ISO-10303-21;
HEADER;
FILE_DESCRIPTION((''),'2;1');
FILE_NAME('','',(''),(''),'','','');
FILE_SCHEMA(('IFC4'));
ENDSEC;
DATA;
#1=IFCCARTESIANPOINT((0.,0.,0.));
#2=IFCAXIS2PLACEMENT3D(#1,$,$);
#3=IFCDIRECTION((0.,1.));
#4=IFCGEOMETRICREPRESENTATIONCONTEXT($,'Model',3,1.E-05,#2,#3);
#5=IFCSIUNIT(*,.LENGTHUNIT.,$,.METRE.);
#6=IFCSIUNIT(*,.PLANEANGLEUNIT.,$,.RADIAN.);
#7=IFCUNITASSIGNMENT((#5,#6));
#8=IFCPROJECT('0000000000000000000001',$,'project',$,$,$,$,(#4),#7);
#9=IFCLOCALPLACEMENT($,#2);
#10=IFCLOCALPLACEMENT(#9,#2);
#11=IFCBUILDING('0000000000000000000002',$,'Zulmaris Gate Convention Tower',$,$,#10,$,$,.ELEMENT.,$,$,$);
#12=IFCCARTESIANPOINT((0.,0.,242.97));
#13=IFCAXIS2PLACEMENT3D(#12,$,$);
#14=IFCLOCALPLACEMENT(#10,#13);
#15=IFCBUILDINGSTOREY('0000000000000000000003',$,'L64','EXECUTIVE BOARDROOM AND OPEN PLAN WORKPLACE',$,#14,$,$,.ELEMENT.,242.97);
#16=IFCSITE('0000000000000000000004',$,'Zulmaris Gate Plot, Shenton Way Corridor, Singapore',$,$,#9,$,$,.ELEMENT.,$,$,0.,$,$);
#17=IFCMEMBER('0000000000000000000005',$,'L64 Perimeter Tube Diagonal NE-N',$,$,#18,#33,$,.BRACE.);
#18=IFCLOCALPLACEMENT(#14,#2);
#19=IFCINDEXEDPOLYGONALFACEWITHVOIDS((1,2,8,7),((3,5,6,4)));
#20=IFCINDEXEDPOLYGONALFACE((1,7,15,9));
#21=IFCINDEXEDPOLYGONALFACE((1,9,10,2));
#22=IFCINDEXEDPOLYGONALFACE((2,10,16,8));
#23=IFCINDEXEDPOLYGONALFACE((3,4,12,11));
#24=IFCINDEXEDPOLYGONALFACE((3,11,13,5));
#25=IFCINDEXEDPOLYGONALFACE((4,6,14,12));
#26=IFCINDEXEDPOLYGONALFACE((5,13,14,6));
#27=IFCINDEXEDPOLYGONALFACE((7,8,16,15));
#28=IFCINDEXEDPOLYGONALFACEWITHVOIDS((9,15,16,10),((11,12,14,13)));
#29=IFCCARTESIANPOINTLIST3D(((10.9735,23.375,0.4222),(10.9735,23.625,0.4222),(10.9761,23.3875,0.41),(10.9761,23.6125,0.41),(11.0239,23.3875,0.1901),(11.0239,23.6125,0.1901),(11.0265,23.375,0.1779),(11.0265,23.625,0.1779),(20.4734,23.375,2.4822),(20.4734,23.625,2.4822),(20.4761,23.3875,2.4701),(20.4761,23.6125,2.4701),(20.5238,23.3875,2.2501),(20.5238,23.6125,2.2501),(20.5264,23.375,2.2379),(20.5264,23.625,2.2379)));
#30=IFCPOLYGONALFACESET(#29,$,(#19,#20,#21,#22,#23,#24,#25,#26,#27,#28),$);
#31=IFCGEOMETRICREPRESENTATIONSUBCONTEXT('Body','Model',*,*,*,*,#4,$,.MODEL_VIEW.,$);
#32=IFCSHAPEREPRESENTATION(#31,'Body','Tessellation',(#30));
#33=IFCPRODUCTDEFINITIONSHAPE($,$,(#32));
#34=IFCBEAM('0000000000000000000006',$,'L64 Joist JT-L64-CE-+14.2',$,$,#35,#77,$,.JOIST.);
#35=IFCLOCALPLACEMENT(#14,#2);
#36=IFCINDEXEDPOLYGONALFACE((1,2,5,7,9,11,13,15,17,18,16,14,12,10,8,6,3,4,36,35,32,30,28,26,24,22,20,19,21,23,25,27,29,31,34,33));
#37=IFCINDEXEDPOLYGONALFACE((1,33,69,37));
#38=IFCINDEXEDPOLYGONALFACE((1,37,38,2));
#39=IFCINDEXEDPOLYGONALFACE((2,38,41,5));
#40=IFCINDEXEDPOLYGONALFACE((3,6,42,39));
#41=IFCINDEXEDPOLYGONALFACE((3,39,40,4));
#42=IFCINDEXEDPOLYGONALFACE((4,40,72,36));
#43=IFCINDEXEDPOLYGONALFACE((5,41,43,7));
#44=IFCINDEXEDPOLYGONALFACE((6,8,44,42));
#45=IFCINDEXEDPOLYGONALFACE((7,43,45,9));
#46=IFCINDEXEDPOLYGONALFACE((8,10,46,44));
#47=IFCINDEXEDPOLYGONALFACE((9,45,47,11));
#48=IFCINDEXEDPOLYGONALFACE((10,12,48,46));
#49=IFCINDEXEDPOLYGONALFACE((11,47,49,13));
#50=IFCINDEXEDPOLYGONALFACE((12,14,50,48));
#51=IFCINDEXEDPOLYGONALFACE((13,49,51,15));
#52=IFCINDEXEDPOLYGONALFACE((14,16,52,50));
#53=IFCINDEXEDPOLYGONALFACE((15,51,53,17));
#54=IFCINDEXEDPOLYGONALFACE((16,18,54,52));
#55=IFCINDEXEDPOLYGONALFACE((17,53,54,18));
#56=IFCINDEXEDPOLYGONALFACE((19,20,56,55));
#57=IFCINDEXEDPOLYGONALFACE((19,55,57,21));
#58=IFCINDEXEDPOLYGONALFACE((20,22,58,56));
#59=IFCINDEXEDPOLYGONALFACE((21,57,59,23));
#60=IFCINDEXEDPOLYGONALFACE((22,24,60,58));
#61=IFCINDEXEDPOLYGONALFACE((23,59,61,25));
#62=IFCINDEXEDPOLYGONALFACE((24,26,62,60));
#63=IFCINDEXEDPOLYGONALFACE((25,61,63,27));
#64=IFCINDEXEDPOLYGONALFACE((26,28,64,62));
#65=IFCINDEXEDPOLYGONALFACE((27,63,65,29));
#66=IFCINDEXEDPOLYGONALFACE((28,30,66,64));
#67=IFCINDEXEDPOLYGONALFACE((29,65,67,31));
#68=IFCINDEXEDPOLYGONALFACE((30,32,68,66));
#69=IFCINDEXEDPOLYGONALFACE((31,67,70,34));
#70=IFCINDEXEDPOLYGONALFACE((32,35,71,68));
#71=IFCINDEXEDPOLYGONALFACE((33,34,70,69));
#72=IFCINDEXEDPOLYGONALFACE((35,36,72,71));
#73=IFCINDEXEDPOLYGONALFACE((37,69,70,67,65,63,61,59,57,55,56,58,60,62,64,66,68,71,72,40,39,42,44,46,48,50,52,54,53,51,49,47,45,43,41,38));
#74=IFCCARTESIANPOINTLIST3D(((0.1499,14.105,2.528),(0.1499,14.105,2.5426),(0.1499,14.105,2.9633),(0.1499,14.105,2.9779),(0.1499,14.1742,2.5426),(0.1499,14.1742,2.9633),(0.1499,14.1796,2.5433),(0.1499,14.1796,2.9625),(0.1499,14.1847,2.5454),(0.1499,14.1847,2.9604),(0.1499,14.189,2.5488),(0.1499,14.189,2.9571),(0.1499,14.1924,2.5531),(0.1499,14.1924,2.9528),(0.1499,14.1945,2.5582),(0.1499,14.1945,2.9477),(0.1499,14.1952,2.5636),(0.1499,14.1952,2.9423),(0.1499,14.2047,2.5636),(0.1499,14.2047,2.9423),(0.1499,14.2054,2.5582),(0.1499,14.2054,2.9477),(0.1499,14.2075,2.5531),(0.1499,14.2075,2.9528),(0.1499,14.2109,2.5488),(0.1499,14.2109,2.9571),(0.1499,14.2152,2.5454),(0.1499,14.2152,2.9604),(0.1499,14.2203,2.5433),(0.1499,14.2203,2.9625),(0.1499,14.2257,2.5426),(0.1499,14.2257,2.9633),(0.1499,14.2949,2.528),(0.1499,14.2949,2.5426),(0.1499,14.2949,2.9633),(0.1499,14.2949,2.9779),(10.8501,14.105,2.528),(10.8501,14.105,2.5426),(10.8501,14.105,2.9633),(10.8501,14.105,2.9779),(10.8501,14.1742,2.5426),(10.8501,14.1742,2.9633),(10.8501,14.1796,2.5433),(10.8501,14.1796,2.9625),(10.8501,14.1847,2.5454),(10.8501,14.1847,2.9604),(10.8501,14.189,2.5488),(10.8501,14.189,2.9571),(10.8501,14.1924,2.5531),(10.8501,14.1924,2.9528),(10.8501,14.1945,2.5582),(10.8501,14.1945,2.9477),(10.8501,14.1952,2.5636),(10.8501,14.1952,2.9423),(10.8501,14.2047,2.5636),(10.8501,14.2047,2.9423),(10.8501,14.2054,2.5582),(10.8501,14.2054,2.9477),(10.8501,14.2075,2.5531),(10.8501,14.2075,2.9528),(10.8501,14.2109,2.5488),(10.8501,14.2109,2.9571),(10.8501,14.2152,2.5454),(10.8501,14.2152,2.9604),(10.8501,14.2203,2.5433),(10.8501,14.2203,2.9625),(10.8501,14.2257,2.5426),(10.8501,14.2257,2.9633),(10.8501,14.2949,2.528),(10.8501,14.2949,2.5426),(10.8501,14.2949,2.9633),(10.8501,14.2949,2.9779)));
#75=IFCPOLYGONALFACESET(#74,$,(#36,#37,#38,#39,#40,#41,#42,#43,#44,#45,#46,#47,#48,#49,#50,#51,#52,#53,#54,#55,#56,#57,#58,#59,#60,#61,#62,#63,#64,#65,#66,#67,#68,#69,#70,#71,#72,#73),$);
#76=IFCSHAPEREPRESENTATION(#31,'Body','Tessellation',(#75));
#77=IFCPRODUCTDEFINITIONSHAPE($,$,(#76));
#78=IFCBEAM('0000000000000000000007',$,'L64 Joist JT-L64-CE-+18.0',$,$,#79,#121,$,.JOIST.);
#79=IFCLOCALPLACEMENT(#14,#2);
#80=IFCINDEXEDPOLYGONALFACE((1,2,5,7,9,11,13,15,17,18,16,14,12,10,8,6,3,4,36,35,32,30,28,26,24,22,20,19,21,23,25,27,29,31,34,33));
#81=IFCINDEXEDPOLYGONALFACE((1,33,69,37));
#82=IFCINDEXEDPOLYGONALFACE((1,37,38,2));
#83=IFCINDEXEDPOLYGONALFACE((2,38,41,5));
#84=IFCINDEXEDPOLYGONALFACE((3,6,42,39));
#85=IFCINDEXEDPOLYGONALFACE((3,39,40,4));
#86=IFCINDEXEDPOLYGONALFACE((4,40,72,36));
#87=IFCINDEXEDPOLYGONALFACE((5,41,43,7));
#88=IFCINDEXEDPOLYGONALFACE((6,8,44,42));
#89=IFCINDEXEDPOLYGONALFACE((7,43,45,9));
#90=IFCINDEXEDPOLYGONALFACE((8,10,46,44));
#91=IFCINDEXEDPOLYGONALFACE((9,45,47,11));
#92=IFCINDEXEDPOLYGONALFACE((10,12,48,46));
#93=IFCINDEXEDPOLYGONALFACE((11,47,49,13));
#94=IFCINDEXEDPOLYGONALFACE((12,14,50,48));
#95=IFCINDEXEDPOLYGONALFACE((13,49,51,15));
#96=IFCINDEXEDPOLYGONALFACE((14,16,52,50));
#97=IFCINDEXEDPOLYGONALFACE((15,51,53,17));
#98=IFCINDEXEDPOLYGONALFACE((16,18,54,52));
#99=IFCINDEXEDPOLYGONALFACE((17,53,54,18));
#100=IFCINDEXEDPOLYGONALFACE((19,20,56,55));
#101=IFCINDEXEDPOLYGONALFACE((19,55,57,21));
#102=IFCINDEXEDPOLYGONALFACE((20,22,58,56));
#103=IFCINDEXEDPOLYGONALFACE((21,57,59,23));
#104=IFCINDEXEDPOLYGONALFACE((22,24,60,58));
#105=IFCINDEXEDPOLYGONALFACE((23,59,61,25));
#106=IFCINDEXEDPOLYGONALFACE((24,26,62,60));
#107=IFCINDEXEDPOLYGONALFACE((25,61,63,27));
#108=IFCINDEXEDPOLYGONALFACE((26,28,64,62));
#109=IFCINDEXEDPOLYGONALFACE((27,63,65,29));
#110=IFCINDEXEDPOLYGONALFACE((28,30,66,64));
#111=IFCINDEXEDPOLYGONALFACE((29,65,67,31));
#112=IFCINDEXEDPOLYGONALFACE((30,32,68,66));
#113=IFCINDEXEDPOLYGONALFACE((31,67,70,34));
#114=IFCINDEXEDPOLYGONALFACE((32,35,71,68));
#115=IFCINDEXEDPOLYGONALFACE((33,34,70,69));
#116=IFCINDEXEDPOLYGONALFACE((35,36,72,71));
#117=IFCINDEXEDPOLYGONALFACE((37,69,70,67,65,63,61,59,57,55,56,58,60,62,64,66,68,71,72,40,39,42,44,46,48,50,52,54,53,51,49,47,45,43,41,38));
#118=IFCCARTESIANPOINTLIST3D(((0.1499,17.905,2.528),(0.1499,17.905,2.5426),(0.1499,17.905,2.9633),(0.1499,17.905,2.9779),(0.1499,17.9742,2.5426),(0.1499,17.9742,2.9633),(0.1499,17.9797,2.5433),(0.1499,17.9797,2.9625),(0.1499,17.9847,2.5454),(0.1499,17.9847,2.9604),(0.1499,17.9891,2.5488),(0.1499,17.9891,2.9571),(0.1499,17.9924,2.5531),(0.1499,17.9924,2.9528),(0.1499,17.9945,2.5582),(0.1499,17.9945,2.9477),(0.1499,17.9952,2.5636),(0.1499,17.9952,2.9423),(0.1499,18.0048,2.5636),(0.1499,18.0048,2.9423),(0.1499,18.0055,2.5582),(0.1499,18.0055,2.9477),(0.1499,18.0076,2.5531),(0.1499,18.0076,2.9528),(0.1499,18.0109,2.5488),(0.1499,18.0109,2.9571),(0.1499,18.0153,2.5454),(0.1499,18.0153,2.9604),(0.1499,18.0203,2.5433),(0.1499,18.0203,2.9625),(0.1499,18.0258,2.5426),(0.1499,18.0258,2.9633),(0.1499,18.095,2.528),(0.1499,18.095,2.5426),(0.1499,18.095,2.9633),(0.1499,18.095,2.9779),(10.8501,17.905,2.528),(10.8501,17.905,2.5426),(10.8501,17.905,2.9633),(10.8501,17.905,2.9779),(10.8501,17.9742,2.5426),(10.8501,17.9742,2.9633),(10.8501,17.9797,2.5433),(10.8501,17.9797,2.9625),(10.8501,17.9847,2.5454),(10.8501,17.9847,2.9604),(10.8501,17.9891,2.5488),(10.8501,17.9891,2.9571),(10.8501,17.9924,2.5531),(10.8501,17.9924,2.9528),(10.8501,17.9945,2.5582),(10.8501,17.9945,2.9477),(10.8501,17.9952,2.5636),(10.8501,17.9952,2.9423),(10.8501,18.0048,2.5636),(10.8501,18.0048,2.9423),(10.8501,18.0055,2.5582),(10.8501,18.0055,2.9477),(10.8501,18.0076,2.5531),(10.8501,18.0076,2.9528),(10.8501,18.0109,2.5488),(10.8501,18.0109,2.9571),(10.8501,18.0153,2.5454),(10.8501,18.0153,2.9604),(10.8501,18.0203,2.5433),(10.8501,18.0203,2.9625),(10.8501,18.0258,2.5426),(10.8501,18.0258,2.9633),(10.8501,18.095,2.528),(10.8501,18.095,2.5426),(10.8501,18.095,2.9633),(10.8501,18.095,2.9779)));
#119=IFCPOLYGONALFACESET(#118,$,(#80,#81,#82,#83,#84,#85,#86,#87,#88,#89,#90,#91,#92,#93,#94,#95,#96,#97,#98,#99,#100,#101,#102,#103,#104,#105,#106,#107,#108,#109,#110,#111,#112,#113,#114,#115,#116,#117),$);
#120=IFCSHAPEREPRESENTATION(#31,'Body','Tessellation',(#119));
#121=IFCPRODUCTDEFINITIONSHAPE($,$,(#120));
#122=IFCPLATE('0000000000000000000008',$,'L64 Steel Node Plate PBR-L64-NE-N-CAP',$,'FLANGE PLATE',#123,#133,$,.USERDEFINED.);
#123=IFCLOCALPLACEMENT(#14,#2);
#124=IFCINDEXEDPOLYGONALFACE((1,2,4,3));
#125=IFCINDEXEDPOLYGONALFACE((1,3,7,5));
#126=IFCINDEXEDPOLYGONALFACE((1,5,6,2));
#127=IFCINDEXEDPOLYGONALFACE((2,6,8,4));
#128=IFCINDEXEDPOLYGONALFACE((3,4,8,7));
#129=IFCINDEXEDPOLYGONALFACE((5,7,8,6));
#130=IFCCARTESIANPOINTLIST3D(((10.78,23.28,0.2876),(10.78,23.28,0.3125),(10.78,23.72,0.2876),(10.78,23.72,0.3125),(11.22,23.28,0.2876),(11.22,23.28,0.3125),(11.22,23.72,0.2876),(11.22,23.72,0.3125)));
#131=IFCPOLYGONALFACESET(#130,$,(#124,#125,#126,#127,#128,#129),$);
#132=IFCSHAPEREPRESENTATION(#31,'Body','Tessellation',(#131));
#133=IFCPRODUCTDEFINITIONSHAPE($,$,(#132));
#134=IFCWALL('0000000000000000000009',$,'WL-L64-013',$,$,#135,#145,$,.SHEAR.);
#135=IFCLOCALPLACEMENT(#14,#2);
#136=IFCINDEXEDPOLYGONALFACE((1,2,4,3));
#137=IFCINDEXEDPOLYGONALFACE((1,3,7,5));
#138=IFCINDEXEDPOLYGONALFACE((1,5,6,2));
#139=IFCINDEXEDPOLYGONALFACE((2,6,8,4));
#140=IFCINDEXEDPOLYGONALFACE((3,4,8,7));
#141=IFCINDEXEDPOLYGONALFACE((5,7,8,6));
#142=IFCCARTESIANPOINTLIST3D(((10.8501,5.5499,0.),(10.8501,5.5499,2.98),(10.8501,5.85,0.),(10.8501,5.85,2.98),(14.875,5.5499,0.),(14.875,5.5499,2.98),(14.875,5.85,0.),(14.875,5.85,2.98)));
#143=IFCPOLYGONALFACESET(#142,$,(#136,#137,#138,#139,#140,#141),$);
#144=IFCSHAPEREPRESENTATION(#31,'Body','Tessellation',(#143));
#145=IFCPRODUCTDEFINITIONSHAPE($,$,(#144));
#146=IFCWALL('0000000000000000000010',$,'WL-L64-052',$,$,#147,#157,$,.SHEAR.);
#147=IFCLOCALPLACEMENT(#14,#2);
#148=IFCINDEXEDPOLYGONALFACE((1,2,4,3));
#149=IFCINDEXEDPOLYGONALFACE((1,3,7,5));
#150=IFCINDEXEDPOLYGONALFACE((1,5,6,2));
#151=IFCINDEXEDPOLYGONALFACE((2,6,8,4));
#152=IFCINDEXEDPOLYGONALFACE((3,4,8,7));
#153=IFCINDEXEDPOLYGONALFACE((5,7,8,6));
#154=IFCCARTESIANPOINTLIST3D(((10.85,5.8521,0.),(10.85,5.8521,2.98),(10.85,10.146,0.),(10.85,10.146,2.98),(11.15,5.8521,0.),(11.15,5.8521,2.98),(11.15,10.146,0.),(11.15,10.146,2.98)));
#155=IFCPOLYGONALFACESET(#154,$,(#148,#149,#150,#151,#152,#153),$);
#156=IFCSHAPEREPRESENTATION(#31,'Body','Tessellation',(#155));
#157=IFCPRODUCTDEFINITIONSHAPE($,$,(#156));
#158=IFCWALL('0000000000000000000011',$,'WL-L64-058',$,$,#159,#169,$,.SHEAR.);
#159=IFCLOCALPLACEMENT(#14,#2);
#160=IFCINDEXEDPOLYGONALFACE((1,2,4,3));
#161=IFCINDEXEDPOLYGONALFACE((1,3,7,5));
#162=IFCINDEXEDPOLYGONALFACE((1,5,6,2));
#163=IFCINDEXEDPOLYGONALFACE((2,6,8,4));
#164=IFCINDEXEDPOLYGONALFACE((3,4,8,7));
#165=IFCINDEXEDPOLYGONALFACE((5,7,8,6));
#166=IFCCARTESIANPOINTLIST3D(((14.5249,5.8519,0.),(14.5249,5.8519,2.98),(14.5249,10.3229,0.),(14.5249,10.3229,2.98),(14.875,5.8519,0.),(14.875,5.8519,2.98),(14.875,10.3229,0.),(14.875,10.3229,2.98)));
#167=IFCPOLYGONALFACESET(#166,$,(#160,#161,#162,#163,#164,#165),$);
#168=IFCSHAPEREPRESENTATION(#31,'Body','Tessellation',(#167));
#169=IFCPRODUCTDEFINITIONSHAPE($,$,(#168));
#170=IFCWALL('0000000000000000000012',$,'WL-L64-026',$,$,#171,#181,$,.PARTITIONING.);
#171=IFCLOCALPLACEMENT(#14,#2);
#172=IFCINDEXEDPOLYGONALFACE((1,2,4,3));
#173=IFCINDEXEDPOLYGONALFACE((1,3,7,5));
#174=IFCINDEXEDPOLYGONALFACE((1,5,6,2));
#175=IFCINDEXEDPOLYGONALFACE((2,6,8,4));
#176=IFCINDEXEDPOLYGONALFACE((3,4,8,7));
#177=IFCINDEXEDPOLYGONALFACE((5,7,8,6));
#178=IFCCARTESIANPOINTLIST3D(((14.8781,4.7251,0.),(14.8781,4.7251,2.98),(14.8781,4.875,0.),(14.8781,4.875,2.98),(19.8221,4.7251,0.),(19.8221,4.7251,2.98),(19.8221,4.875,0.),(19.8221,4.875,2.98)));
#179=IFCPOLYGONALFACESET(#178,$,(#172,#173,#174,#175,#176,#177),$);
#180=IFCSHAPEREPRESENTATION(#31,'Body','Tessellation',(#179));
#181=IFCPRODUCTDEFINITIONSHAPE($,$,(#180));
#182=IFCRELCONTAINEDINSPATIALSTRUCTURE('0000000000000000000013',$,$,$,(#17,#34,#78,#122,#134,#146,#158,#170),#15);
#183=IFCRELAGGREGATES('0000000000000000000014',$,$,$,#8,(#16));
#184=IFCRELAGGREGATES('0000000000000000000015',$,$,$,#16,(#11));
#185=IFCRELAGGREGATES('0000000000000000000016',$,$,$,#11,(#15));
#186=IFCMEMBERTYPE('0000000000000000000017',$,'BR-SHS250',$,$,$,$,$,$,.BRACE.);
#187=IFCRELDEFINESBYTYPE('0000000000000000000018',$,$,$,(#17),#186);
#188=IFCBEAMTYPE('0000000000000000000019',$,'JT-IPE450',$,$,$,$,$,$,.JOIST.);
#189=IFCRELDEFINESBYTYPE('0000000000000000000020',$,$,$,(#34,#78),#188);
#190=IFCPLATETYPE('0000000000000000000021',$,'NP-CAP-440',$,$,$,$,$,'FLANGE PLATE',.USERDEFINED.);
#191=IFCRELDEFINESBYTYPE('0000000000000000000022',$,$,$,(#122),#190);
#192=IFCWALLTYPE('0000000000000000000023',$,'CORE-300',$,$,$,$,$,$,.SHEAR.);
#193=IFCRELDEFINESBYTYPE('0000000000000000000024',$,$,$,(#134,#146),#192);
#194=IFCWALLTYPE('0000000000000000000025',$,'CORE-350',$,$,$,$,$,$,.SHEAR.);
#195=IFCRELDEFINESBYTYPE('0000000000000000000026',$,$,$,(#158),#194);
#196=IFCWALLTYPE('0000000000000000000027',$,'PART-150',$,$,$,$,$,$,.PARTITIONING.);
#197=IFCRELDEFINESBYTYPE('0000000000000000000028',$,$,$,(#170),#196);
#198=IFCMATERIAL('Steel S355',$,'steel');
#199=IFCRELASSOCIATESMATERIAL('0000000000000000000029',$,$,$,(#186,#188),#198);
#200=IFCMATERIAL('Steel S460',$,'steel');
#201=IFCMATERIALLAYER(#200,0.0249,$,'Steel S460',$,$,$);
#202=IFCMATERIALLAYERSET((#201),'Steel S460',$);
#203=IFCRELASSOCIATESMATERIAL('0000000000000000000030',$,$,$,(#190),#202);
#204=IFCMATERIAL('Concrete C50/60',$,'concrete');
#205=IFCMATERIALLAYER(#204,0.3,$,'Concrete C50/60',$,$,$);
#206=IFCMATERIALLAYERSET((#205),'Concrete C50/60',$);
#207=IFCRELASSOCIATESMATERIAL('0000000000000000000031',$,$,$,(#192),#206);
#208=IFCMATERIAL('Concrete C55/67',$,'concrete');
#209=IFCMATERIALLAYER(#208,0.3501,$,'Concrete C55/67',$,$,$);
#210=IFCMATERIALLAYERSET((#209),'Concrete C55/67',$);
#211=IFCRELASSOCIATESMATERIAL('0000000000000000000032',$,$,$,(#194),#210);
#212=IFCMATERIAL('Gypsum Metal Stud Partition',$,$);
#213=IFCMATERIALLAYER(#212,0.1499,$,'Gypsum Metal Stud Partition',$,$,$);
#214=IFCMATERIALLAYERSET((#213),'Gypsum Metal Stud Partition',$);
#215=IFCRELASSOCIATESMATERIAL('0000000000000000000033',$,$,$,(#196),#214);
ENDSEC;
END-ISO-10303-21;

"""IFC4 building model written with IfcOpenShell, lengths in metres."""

from ifc_helpers import new_model, si_unit, direction, frame, frame_2d, origin, origin_2d, place, context, subcontext, project, spatial, rectangle, hollow_rectangle, i_section, extrude, material, layer, layer_set, material_profile, profile_set, type_object, element, save


model = new_model("IFC4")

# Units and contexts
model_context = context("Model", 3, precision=1e-05, world=origin(), true_north=direction((0.0, 1.0)))
body_context = subcontext(model_context, "Body", "Model", "MODEL_VIEW")
ifc_project = project(units=[si_unit("LENGTHUNIT", "METRE"), si_unit("PLANEANGLEUNIT", "RADIAN")], contexts=[model_context])

# Site, building, storey
site_placement = place(None, origin())
site = spatial("IfcSite", under=ifc_project, at=site_placement, Name="Zulmaris Gate Plot, Shenton Way Corridor, Singapore", CompositionType="ELEMENT", RefElevation=0.0)
building_placement = place(site_placement, origin())
building = spatial("IfcBuilding", under=site, at=building_placement, Name="Zulmaris Gate Convention Tower", CompositionType="ELEMENT")
storey_placement = place(building_placement, frame((0.0, 0.0, 242.97)))
storey = spatial("IfcBuildingStorey", under=building, at=storey_placement, Name="L64", Description="EXECUTIVE BOARDROOM AND OPEN PLAN WORKPLACE", CompositionType="ELEMENT", Elevation=242.97)

# Shared definitions
ifc_material_1 = material(Name="Concrete C50/60", Category="concrete")

# Shared definitions
ifc_material_2 = material(Name="Steel S355", Category="steel")

# Member
ifc_material_profile_1 = material_profile(ifc_material_2, hollow_rectangle(XDim=0.25, YDim=0.25, WallThickness=0.0125, at=origin_2d()), Name="SHS 250x250x12.5")
ifc_profile_set_1 = profile_set([ifc_material_profile_1], Name="Steel S355")
member_type = type_object("IfcMemberType", Name="BR-SHS250", PredefinedType="BRACE", material=ifc_profile_set_1)
member_placement = place(storey_placement, frame((11.0, 23.5, 0.3), z_axis=(0.977286, 0.0, 0.211923), x_axis=(0.0, 1.0, 0.0)))
element("IfcMember", 1, at=member_placement, inside=storey, type_object=member_type, Name="L64 Perimeter Tube Diagonal NE-N", PredefinedType="BRACE", context=body_context, shape_type="SweptSolid", body=[
    extrude(hollow_rectangle(XDim=0.25, YDim=0.25, WallThickness=0.0125, at=origin_2d()), origin(), (0.0, 0.0, 1.0), 9.7207),
])

# Beams
ifc_material_profile_2 = material_profile(ifc_material_2, i_section(OverallWidth=0.1899, OverallDepth=0.45, WebThickness=0.0095, FlangeThickness=0.0146, FilletRadius=0.021, at=origin_2d()), Name="IPE 450")
ifc_profile_set_2 = profile_set([ifc_material_profile_2], Name="Steel S355")
beam_type_1 = type_object("IfcBeamType", Name="JT-IPE450", PredefinedType="JOIST", material=ifc_profile_set_2)
for number, where, z_axis, x_axis, name in (
    (2, (0.1499, 14.2, 2.7529), (1.0, 0.0, 0.0), (0.0, 1.0, 0.0), "L64 Joist JT-L64-CE-+14.2"),
    (3, (0.1499, 18.0, 2.7529), (1.0, 0.0, 0.0), (0.0, 1.0, 0.0), "L64 Joist JT-L64-CE-+18.0"),
):
    element("IfcBeam", number, at=place(storey_placement, frame(where, z_axis=z_axis, x_axis=x_axis)), inside=storey, type_object=beam_type_1, Name=name, PredefinedType="JOIST", context=body_context, shape_type="SweptSolid", body=[
        extrude(i_section(OverallWidth=0.1899, OverallDepth=0.45, WebThickness=0.0095, FlangeThickness=0.0146, FilletRadius=0.021, at=origin_2d()), origin(), (0.0, 0.0, 1.0), 10.7002),
    ])

# Plate
ifc_material_3 = material(Name="Steel S460", Category="steel")
ifc_layer_1 = layer(ifc_material_3, 0.0249, Name="Steel S460")
ifc_layer_set_1 = layer_set([ifc_layer_1], Name="Steel S460")
plate_type = type_object("IfcPlateType", Name="NP-CAP-440", ElementType="FLANGE PLATE", PredefinedType="USERDEFINED", material=ifc_layer_set_1)
plate_placement = place(storey_placement, frame((11.0, 23.5, 0.2876), z_axis=(0.0, 0.0, 1.0), x_axis=(1.0, 0.0, 0.0)))
element("IfcPlate", 4, at=plate_placement, inside=storey, type_object=plate_type, Name="L64 Steel Node Plate PBR-L64-NE-N-CAP", ObjectType="FLANGE PLATE", PredefinedType="USERDEFINED", context=body_context, shape_type="SweptSolid", body=[
    extrude(rectangle(XDim=0.4399, YDim=0.4399, at=origin_2d()), origin(), (0.0, 0.0, 1.0), 0.0249),
])

# Wall
ifc_layer_2 = layer(ifc_material_1, 0.3, Name="Concrete C50/60")
ifc_layer_set_2 = layer_set([ifc_layer_2], Name="Concrete C50/60")
wall_type_1 = type_object("IfcWallType", Name="CORE-300", PredefinedType="SHEAR", material=ifc_layer_set_2)
wall_1_placement = place(storey_placement, frame((10.8501, 5.7, 0.0), z_axis=(0.0, 0.0, 1.0), x_axis=(1.0, 0.0, 0.0)))
element("IfcWall", 5, at=wall_1_placement, inside=storey, type_object=wall_type_1, Name="WL-L64-013", PredefinedType="SHEAR", context=body_context, shape_type="SweptSolid", body=[
    extrude(rectangle(XDim=4.0249, YDim=0.3, at=frame_2d((2.0125, 0.0))), origin(), (0.0, 0.0, 1.0), 2.98),
])

# Wall
wall_2_placement = place(storey_placement, frame((11.0, 5.8521, 0.0), z_axis=(0.0, 0.0, 1.0), x_axis=(0.0, 1.0, 0.0)))
element("IfcWall", 6, at=wall_2_placement, inside=storey, type_object=wall_type_1, Name="WL-L64-052", PredefinedType="SHEAR", context=body_context, shape_type="SweptSolid", body=[
    extrude(rectangle(XDim=4.2939, YDim=0.3, at=frame_2d((2.147, 0.0))), origin(), (0.0, 0.0, 1.0), 2.98),
])

# Shared definitions
ifc_material_4 = material(Name="Concrete C55/67", Category="concrete")
ifc_layer_3 = layer(ifc_material_4, 0.3501, Name="Concrete C55/67")
ifc_layer_set_3 = layer_set([ifc_layer_3], Name="Concrete C55/67")
wall_type_2 = type_object("IfcWallType", Name="CORE-350", PredefinedType="SHEAR", material=ifc_layer_set_3)

# Walls
wall_3_placement = place(storey_placement, frame((14.7, 5.8521, 0.0), z_axis=(0.0, 0.0, 1.0), x_axis=(0.0, 1.0, 0.0)))
element("IfcWall", 7, at=wall_3_placement, inside=storey, type_object=wall_type_2, Name="WL-L64-058", PredefinedType="SHEAR", context=body_context, shape_type="SweptSolid", body=[
    extrude(rectangle(XDim=4.4709, YDim=0.3501, at=frame_2d((2.2354, 0.0))), origin(), (0.0, 0.0, 1.0), 2.98),
])
ifc_material_5 = material(Name="Gypsum Metal Stud Partition")
ifc_layer_4 = layer(ifc_material_5, 0.1499, Name="Gypsum Metal Stud Partition")
ifc_layer_set_4 = layer_set([ifc_layer_4], Name="Gypsum Metal Stud Partition")
wall_type_3 = type_object("IfcWallType", Name="PART-150", PredefinedType="PARTITIONING", material=ifc_layer_set_4)
wall_4_placement = place(storey_placement, frame((14.8779, 4.8, 0.0), z_axis=(0.0, 0.0, 1.0), x_axis=(1.0, 0.0, 0.0)))
element("IfcWall", 8, at=wall_4_placement, inside=storey, type_object=wall_type_3, Name="WL-L64-026", PredefinedType="PARTITIONING", context=body_context, shape_type="SweptSolid", body=[
    extrude(rectangle(XDim=4.9441, YDim=0.1499, at=frame_2d((2.4722, 0.0))), origin(), (0.0, 0.0, 1.0), 2.98),
])

save(model, "model.ifc")
